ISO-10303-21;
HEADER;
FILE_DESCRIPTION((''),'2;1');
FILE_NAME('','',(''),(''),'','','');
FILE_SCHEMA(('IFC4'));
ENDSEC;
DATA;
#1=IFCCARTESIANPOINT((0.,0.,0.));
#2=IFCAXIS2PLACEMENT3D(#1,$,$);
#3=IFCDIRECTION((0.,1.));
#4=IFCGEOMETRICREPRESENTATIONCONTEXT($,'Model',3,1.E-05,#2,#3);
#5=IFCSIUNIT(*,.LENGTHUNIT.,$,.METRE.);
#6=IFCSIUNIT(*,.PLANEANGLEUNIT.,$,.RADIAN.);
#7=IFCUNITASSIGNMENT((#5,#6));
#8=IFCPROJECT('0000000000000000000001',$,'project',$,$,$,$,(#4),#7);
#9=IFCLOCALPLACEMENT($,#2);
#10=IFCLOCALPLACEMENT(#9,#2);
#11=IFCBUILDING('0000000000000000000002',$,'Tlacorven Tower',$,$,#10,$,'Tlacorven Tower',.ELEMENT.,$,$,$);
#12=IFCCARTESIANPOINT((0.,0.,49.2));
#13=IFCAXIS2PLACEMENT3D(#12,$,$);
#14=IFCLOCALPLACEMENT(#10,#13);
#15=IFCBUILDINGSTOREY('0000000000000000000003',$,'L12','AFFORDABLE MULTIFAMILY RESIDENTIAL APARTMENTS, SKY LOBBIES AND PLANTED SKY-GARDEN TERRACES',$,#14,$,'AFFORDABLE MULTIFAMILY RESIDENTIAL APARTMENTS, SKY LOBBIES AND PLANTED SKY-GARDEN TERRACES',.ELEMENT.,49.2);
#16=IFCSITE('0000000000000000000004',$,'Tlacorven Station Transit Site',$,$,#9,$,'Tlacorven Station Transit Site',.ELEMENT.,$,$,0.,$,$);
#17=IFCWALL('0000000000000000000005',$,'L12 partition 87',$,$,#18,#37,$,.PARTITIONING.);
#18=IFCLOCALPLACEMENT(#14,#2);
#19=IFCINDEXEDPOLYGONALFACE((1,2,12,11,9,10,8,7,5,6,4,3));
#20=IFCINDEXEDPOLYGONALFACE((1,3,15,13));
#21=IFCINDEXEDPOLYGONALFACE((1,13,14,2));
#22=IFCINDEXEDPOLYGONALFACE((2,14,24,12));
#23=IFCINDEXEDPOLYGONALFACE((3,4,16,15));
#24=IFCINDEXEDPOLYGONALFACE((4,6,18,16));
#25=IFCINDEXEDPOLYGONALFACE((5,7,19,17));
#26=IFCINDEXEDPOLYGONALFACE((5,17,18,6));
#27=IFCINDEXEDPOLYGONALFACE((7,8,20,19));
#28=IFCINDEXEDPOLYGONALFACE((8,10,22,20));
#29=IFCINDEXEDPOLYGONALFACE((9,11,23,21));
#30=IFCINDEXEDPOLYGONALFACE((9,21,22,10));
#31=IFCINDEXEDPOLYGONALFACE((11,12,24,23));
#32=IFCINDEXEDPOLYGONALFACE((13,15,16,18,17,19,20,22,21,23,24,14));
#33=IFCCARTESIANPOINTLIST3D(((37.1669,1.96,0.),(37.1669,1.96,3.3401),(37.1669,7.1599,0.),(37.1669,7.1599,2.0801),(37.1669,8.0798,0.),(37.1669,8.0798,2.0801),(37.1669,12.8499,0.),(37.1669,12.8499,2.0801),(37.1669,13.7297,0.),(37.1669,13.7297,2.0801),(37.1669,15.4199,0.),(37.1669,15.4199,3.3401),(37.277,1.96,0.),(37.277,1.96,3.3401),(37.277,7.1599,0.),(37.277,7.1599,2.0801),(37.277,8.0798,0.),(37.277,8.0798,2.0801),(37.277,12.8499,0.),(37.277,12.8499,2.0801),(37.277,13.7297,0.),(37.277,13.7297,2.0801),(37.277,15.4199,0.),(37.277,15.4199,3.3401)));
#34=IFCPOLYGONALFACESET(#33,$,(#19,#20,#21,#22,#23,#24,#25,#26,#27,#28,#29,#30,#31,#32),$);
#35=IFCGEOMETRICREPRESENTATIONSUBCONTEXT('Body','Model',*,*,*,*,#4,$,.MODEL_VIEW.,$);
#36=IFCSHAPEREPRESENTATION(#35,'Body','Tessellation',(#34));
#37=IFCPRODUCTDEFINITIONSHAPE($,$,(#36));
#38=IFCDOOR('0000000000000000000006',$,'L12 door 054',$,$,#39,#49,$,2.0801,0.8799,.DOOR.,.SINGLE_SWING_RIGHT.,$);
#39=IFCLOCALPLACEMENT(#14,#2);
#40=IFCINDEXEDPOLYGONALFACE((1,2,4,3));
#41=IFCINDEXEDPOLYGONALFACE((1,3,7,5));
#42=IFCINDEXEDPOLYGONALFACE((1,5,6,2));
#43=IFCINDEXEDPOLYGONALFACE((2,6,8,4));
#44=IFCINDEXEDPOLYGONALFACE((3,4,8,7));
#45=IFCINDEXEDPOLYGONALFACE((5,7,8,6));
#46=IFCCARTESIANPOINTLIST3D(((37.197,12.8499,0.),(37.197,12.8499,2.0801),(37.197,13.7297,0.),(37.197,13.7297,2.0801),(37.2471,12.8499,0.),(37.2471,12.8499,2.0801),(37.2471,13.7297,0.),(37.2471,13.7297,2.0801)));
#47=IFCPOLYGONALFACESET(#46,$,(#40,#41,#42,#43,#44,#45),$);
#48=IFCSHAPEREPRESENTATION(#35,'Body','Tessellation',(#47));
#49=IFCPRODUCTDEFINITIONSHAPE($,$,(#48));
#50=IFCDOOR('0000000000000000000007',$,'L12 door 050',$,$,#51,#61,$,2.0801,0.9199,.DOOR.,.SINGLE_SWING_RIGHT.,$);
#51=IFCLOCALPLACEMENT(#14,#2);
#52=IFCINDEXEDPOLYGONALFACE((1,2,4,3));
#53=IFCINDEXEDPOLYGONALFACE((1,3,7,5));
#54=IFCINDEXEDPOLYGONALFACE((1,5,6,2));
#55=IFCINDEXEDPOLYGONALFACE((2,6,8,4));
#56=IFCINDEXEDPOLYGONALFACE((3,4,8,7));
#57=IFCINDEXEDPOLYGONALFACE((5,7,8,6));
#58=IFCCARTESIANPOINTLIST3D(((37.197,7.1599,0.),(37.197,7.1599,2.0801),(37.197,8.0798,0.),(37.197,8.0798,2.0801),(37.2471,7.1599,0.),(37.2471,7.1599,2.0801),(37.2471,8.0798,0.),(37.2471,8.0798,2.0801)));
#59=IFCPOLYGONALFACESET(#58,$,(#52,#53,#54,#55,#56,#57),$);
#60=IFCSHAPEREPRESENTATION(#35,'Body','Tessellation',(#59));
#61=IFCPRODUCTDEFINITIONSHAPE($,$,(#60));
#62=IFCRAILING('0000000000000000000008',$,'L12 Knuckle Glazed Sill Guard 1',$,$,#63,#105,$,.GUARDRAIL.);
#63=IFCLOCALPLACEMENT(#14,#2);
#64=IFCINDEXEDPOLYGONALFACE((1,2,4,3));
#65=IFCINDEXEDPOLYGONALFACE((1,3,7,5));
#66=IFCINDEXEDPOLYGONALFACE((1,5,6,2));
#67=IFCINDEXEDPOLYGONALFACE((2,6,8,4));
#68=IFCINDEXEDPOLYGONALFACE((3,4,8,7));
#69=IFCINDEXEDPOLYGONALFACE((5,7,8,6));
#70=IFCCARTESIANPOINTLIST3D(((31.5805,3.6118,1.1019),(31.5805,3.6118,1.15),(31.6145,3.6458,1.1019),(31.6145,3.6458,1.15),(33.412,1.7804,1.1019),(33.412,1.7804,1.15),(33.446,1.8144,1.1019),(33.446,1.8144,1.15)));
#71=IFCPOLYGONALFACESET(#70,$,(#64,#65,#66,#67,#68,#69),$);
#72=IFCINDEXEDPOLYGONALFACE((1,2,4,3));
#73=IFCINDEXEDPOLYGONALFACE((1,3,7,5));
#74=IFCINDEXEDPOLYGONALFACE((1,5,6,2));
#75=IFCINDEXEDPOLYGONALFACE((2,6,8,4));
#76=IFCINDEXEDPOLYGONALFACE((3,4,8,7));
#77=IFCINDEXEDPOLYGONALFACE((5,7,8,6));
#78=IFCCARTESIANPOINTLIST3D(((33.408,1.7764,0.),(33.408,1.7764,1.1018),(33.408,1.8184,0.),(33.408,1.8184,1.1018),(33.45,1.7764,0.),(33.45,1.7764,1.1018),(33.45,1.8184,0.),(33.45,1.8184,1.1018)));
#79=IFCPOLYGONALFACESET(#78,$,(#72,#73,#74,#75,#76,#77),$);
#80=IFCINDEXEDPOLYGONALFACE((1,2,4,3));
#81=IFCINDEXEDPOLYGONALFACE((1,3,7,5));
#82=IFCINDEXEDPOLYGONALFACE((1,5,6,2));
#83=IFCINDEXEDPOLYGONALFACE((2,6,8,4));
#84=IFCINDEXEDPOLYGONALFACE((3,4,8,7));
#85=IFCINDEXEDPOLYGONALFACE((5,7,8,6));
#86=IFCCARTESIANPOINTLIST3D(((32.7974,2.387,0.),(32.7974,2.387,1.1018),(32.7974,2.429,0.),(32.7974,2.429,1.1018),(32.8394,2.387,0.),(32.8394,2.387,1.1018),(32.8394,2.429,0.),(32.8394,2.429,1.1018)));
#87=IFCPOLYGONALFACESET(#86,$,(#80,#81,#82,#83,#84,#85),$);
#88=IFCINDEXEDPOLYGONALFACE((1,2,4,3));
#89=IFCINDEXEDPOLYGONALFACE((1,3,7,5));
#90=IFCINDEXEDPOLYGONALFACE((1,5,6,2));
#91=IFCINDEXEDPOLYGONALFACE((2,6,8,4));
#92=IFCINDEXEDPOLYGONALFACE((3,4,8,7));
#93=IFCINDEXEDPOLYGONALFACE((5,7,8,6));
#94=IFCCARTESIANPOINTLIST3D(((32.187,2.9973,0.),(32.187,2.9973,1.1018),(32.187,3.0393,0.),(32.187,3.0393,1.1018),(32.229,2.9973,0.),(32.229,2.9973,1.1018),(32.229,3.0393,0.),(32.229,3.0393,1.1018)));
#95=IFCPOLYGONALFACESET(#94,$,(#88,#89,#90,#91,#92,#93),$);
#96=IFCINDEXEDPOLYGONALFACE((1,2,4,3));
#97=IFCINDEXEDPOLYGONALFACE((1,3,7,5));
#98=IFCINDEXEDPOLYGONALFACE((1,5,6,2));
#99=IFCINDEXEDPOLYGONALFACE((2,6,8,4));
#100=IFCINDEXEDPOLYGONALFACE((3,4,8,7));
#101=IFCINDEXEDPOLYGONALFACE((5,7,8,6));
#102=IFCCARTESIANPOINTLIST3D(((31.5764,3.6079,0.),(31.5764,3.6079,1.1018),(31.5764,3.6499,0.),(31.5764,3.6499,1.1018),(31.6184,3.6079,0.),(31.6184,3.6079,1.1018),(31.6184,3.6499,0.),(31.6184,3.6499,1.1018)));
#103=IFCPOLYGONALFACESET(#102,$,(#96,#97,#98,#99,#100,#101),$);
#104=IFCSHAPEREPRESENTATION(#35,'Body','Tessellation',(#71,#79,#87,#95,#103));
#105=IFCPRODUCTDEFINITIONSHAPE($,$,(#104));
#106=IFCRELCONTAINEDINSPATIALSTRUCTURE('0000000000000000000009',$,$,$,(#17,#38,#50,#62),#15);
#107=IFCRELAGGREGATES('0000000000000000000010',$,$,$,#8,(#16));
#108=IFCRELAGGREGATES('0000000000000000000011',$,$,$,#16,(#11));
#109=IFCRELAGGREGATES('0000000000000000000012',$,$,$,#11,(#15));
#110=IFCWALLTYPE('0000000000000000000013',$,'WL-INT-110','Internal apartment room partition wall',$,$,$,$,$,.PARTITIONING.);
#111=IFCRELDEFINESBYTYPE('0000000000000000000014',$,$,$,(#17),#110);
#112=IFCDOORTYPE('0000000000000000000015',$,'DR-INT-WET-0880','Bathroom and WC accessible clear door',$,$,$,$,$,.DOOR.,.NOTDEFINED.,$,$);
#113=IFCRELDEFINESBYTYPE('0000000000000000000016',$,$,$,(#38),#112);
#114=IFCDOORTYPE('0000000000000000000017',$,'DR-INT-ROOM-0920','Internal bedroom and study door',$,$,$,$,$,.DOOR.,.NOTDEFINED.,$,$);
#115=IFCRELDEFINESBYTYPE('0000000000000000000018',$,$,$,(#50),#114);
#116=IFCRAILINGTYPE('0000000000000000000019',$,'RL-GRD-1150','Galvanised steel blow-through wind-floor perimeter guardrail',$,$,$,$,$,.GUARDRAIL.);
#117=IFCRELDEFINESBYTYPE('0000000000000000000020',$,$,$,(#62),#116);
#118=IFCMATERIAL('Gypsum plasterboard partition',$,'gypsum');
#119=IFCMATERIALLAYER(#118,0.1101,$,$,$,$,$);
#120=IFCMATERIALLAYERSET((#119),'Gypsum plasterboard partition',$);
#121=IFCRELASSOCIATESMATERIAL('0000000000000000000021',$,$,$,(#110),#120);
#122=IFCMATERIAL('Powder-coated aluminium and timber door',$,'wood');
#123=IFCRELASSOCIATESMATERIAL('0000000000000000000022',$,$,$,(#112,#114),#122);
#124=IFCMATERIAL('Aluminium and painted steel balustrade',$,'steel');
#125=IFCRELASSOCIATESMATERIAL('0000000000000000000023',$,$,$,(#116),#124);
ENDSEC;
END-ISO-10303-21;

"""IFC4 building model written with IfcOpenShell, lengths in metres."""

from ifc_helpers import new_model, si_unit, direction, frame, frame_2d, origin, origin_2d, place, context, subcontext, project, spatial, rectangle, extrude, source, transform, mapped, material, layer, layer_set, type_object, element, fill, save


model = new_model("IFC4")

# Units and contexts
model_context = context("Model", 3, precision=1e-05, world=origin(), true_north=direction((0.0, 1.0)))
body_context = subcontext(model_context, "Body", "Model", "MODEL_VIEW")
ifc_project = project(units=[si_unit("LENGTHUNIT", "METRE"), si_unit("PLANEANGLEUNIT", "RADIAN")], contexts=[model_context])

# Site, building, storey
site_placement = place(None, origin())
site = spatial("IfcSite", under=ifc_project, at=site_placement, Name="Tlacorven Station Transit Site", LongName="Tlacorven Station Transit Site", CompositionType="ELEMENT", RefElevation=0.0)
building_placement = place(site_placement, origin())
building = spatial("IfcBuilding", under=site, at=building_placement, Name="Tlacorven Tower", LongName="Tlacorven Tower", CompositionType="ELEMENT")
storey_placement = place(building_placement, frame((0.0, 0.0, 49.2)))
storey = spatial("IfcBuildingStorey", under=building, at=storey_placement, Name="L12", Description="AFFORDABLE MULTIFAMILY RESIDENTIAL APARTMENTS, SKY LOBBIES AND PLANTED SKY-GARDEN TERRACES", LongName="AFFORDABLE MULTIFAMILY RESIDENTIAL APARTMENTS, SKY LOBBIES AND PLANTED SKY-GARDEN TERRACES", CompositionType="ELEMENT", Elevation=49.2)

# Wall, openings, doors
ifc_material_1 = material(Name="Gypsum plasterboard partition", Category="gypsum")
ifc_layer_1 = layer(ifc_material_1, 0.1101)
ifc_layer_set_1 = layer_set([ifc_layer_1], Name="Gypsum plasterboard partition")
wall_type_1 = type_object("IfcWallType", Name="WL-INT-110", Description="Internal apartment room partition wall", PredefinedType="PARTITIONING", material=ifc_layer_set_1)
wall_1_placement = place(storey_placement, frame((37.2219, 1.96, 0.0), z_axis=(0.0, 0.0, 1.0), x_axis=(0.0, 1.0, 0.0)))
wall_1 = element("IfcWall", 1, at=wall_1_placement, inside=storey, type_object=wall_type_1, Name="L12 partition 87", PredefinedType="PARTITIONING", context=body_context, shape_type="SweptSolid", body=[
    extrude(rectangle(XDim=13.46, YDim=0.1101, at=frame_2d((6.73, 0.0))), origin(), (0.0, 0.0, 1.0), 3.3401),
])
opening_1_placement = place(wall_1_placement, frame((5.2, 0.0, 0.0)))
opening_1 = element("IfcOpeningElement", 2, at=opening_1_placement, cuts=wall_1, PredefinedType="OPENING", context=body_context, shape_type="SweptSolid", body=[
    extrude(rectangle(XDim=0.9199, YDim=2.0801, at=frame_2d((0.46, 1.04))), frame((0.0, 0.0649, 0.0), z_axis=(0.0, -1.0, 0.0), x_axis=(1.0, 0.0, 0.0)), (0.0, 0.0, 1.0), 0.1301),
])
opening_2_placement = place(wall_1_placement, frame((10.8899, 0.0, 0.0)))
opening_2 = element("IfcOpeningElement", 3, at=opening_2_placement, cuts=wall_1, PredefinedType="OPENING", context=body_context, shape_type="SweptSolid", body=[
    extrude(rectangle(XDim=0.8799, YDim=2.0801, at=frame_2d((0.4399, 1.04))), frame((0.0, 0.0649, 0.0), z_axis=(0.0, -1.0, 0.0), x_axis=(1.0, 0.0, 0.0)), (0.0, 0.0, 1.0), 0.1301),
])
ifc_material_2 = material(Name="Powder-coated aluminium and timber door", Category="wood")
door_type_1 = type_object("IfcDoorType", Name="DR-INT-WET-0880", Description="Bathroom and WC accessible clear door", OperationType="NOTDEFINED", PredefinedType="DOOR", material=ifc_material_2)
shared_shape_1 = source(origin(), body_context, "Body", "SweptSolid", [
    extrude(rectangle(XDim=0.8799, YDim=2.0801, at=frame_2d((0.4399, 1.04))), frame((0.0, 0.0249, 0.0), z_axis=(0.0, -1.0, 0.0), x_axis=(1.0, 0.0, 0.0)), (0.0, 0.0, 1.0), 0.05),
])
door_1_placement = place(opening_2_placement, origin())
door_1 = element("IfcDoor", 4, at=door_1_placement, inside=storey, type_object=door_type_1, Name="L12 door 054", OperationType="SINGLE_SWING_RIGHT", OverallHeight=2.0801, OverallWidth=0.8799, PredefinedType="DOOR", context=body_context, shape_type="MappedRepresentation", body=[
    mapped(shared_shape_1, transform((0.0, 0.0, 0.0), scale=1.0)),
])
fill(opening_2, door_1)
door_type_2 = type_object("IfcDoorType", Name="DR-INT-ROOM-0920", Description="Internal bedroom and study door", OperationType="NOTDEFINED", PredefinedType="DOOR", material=ifc_material_2)
shared_shape_2 = source(origin(), body_context, "Body", "SweptSolid", [
    extrude(rectangle(XDim=0.9199, YDim=2.0801, at=frame_2d((0.46, 1.04))), frame((0.0, 0.0249, 0.0), z_axis=(0.0, -1.0, 0.0), x_axis=(1.0, 0.0, 0.0)), (0.0, 0.0, 1.0), 0.05),
])
door_2_placement = place(opening_1_placement, origin())
door_2 = element("IfcDoor", 5, at=door_2_placement, inside=storey, type_object=door_type_2, Name="L12 door 050", OperationType="SINGLE_SWING_RIGHT", OverallHeight=2.0801, OverallWidth=0.9199, PredefinedType="DOOR", context=body_context, shape_type="MappedRepresentation", body=[
    mapped(shared_shape_2, transform((0.0, 0.0, 0.0), scale=1.0)),
])
fill(opening_1, door_2)

# Railing
ifc_material_3 = material(Name="Aluminium and painted steel balustrade", Category="steel")
railing_type = type_object("IfcRailingType", Name="RL-GRD-1150", Description="Galvanised steel blow-through wind-floor perimeter guardrail", PredefinedType="GUARDRAIL", material=ifc_material_3)
shared_shape_3 = source(origin(), body_context, "Body", "SweptSolid", [
    extrude(rectangle(XDim=0.0481, YDim=0.0481, at=origin_2d()), frame((0.0, 0.0, 1.126), z_axis=(-0.707107, 0.707107, 0.0), x_axis=(-0.707107, -0.707107, 0.0)), (0.0, 0.0, 1.0), 2.5901),
    extrude(rectangle(XDim=0.042, YDim=0.042, at=origin_2d()), origin(), (0.0, 0.0, 1.0), 1.1018),
    extrude(rectangle(XDim=0.042, YDim=0.042, at=origin_2d()), frame((-0.6106, 0.6106, 0.0)), (0.0, 0.0, 1.0), 1.1018),
    extrude(rectangle(XDim=0.042, YDim=0.042, at=origin_2d()), frame((-1.2209, 1.2209, 0.0)), (0.0, 0.0, 1.0), 1.1018),
    extrude(rectangle(XDim=0.042, YDim=0.042, at=origin_2d()), frame((-1.8315, 1.8315, 0.0)), (0.0, 0.0, 1.0), 1.1018),
])
railing_placement = place(storey_placement, frame((33.429, 1.7974, 0.0)))
element("IfcRailing", 6, at=railing_placement, inside=storey, type_object=railing_type, Name="L12 Knuckle Glazed Sill Guard 1", PredefinedType="GUARDRAIL", context=body_context, shape_type="MappedRepresentation", body=[
    mapped(shared_shape_3, transform((0.0, 0.0, 0.0), scale=1.0)),
])

save(model, "model.ifc")
